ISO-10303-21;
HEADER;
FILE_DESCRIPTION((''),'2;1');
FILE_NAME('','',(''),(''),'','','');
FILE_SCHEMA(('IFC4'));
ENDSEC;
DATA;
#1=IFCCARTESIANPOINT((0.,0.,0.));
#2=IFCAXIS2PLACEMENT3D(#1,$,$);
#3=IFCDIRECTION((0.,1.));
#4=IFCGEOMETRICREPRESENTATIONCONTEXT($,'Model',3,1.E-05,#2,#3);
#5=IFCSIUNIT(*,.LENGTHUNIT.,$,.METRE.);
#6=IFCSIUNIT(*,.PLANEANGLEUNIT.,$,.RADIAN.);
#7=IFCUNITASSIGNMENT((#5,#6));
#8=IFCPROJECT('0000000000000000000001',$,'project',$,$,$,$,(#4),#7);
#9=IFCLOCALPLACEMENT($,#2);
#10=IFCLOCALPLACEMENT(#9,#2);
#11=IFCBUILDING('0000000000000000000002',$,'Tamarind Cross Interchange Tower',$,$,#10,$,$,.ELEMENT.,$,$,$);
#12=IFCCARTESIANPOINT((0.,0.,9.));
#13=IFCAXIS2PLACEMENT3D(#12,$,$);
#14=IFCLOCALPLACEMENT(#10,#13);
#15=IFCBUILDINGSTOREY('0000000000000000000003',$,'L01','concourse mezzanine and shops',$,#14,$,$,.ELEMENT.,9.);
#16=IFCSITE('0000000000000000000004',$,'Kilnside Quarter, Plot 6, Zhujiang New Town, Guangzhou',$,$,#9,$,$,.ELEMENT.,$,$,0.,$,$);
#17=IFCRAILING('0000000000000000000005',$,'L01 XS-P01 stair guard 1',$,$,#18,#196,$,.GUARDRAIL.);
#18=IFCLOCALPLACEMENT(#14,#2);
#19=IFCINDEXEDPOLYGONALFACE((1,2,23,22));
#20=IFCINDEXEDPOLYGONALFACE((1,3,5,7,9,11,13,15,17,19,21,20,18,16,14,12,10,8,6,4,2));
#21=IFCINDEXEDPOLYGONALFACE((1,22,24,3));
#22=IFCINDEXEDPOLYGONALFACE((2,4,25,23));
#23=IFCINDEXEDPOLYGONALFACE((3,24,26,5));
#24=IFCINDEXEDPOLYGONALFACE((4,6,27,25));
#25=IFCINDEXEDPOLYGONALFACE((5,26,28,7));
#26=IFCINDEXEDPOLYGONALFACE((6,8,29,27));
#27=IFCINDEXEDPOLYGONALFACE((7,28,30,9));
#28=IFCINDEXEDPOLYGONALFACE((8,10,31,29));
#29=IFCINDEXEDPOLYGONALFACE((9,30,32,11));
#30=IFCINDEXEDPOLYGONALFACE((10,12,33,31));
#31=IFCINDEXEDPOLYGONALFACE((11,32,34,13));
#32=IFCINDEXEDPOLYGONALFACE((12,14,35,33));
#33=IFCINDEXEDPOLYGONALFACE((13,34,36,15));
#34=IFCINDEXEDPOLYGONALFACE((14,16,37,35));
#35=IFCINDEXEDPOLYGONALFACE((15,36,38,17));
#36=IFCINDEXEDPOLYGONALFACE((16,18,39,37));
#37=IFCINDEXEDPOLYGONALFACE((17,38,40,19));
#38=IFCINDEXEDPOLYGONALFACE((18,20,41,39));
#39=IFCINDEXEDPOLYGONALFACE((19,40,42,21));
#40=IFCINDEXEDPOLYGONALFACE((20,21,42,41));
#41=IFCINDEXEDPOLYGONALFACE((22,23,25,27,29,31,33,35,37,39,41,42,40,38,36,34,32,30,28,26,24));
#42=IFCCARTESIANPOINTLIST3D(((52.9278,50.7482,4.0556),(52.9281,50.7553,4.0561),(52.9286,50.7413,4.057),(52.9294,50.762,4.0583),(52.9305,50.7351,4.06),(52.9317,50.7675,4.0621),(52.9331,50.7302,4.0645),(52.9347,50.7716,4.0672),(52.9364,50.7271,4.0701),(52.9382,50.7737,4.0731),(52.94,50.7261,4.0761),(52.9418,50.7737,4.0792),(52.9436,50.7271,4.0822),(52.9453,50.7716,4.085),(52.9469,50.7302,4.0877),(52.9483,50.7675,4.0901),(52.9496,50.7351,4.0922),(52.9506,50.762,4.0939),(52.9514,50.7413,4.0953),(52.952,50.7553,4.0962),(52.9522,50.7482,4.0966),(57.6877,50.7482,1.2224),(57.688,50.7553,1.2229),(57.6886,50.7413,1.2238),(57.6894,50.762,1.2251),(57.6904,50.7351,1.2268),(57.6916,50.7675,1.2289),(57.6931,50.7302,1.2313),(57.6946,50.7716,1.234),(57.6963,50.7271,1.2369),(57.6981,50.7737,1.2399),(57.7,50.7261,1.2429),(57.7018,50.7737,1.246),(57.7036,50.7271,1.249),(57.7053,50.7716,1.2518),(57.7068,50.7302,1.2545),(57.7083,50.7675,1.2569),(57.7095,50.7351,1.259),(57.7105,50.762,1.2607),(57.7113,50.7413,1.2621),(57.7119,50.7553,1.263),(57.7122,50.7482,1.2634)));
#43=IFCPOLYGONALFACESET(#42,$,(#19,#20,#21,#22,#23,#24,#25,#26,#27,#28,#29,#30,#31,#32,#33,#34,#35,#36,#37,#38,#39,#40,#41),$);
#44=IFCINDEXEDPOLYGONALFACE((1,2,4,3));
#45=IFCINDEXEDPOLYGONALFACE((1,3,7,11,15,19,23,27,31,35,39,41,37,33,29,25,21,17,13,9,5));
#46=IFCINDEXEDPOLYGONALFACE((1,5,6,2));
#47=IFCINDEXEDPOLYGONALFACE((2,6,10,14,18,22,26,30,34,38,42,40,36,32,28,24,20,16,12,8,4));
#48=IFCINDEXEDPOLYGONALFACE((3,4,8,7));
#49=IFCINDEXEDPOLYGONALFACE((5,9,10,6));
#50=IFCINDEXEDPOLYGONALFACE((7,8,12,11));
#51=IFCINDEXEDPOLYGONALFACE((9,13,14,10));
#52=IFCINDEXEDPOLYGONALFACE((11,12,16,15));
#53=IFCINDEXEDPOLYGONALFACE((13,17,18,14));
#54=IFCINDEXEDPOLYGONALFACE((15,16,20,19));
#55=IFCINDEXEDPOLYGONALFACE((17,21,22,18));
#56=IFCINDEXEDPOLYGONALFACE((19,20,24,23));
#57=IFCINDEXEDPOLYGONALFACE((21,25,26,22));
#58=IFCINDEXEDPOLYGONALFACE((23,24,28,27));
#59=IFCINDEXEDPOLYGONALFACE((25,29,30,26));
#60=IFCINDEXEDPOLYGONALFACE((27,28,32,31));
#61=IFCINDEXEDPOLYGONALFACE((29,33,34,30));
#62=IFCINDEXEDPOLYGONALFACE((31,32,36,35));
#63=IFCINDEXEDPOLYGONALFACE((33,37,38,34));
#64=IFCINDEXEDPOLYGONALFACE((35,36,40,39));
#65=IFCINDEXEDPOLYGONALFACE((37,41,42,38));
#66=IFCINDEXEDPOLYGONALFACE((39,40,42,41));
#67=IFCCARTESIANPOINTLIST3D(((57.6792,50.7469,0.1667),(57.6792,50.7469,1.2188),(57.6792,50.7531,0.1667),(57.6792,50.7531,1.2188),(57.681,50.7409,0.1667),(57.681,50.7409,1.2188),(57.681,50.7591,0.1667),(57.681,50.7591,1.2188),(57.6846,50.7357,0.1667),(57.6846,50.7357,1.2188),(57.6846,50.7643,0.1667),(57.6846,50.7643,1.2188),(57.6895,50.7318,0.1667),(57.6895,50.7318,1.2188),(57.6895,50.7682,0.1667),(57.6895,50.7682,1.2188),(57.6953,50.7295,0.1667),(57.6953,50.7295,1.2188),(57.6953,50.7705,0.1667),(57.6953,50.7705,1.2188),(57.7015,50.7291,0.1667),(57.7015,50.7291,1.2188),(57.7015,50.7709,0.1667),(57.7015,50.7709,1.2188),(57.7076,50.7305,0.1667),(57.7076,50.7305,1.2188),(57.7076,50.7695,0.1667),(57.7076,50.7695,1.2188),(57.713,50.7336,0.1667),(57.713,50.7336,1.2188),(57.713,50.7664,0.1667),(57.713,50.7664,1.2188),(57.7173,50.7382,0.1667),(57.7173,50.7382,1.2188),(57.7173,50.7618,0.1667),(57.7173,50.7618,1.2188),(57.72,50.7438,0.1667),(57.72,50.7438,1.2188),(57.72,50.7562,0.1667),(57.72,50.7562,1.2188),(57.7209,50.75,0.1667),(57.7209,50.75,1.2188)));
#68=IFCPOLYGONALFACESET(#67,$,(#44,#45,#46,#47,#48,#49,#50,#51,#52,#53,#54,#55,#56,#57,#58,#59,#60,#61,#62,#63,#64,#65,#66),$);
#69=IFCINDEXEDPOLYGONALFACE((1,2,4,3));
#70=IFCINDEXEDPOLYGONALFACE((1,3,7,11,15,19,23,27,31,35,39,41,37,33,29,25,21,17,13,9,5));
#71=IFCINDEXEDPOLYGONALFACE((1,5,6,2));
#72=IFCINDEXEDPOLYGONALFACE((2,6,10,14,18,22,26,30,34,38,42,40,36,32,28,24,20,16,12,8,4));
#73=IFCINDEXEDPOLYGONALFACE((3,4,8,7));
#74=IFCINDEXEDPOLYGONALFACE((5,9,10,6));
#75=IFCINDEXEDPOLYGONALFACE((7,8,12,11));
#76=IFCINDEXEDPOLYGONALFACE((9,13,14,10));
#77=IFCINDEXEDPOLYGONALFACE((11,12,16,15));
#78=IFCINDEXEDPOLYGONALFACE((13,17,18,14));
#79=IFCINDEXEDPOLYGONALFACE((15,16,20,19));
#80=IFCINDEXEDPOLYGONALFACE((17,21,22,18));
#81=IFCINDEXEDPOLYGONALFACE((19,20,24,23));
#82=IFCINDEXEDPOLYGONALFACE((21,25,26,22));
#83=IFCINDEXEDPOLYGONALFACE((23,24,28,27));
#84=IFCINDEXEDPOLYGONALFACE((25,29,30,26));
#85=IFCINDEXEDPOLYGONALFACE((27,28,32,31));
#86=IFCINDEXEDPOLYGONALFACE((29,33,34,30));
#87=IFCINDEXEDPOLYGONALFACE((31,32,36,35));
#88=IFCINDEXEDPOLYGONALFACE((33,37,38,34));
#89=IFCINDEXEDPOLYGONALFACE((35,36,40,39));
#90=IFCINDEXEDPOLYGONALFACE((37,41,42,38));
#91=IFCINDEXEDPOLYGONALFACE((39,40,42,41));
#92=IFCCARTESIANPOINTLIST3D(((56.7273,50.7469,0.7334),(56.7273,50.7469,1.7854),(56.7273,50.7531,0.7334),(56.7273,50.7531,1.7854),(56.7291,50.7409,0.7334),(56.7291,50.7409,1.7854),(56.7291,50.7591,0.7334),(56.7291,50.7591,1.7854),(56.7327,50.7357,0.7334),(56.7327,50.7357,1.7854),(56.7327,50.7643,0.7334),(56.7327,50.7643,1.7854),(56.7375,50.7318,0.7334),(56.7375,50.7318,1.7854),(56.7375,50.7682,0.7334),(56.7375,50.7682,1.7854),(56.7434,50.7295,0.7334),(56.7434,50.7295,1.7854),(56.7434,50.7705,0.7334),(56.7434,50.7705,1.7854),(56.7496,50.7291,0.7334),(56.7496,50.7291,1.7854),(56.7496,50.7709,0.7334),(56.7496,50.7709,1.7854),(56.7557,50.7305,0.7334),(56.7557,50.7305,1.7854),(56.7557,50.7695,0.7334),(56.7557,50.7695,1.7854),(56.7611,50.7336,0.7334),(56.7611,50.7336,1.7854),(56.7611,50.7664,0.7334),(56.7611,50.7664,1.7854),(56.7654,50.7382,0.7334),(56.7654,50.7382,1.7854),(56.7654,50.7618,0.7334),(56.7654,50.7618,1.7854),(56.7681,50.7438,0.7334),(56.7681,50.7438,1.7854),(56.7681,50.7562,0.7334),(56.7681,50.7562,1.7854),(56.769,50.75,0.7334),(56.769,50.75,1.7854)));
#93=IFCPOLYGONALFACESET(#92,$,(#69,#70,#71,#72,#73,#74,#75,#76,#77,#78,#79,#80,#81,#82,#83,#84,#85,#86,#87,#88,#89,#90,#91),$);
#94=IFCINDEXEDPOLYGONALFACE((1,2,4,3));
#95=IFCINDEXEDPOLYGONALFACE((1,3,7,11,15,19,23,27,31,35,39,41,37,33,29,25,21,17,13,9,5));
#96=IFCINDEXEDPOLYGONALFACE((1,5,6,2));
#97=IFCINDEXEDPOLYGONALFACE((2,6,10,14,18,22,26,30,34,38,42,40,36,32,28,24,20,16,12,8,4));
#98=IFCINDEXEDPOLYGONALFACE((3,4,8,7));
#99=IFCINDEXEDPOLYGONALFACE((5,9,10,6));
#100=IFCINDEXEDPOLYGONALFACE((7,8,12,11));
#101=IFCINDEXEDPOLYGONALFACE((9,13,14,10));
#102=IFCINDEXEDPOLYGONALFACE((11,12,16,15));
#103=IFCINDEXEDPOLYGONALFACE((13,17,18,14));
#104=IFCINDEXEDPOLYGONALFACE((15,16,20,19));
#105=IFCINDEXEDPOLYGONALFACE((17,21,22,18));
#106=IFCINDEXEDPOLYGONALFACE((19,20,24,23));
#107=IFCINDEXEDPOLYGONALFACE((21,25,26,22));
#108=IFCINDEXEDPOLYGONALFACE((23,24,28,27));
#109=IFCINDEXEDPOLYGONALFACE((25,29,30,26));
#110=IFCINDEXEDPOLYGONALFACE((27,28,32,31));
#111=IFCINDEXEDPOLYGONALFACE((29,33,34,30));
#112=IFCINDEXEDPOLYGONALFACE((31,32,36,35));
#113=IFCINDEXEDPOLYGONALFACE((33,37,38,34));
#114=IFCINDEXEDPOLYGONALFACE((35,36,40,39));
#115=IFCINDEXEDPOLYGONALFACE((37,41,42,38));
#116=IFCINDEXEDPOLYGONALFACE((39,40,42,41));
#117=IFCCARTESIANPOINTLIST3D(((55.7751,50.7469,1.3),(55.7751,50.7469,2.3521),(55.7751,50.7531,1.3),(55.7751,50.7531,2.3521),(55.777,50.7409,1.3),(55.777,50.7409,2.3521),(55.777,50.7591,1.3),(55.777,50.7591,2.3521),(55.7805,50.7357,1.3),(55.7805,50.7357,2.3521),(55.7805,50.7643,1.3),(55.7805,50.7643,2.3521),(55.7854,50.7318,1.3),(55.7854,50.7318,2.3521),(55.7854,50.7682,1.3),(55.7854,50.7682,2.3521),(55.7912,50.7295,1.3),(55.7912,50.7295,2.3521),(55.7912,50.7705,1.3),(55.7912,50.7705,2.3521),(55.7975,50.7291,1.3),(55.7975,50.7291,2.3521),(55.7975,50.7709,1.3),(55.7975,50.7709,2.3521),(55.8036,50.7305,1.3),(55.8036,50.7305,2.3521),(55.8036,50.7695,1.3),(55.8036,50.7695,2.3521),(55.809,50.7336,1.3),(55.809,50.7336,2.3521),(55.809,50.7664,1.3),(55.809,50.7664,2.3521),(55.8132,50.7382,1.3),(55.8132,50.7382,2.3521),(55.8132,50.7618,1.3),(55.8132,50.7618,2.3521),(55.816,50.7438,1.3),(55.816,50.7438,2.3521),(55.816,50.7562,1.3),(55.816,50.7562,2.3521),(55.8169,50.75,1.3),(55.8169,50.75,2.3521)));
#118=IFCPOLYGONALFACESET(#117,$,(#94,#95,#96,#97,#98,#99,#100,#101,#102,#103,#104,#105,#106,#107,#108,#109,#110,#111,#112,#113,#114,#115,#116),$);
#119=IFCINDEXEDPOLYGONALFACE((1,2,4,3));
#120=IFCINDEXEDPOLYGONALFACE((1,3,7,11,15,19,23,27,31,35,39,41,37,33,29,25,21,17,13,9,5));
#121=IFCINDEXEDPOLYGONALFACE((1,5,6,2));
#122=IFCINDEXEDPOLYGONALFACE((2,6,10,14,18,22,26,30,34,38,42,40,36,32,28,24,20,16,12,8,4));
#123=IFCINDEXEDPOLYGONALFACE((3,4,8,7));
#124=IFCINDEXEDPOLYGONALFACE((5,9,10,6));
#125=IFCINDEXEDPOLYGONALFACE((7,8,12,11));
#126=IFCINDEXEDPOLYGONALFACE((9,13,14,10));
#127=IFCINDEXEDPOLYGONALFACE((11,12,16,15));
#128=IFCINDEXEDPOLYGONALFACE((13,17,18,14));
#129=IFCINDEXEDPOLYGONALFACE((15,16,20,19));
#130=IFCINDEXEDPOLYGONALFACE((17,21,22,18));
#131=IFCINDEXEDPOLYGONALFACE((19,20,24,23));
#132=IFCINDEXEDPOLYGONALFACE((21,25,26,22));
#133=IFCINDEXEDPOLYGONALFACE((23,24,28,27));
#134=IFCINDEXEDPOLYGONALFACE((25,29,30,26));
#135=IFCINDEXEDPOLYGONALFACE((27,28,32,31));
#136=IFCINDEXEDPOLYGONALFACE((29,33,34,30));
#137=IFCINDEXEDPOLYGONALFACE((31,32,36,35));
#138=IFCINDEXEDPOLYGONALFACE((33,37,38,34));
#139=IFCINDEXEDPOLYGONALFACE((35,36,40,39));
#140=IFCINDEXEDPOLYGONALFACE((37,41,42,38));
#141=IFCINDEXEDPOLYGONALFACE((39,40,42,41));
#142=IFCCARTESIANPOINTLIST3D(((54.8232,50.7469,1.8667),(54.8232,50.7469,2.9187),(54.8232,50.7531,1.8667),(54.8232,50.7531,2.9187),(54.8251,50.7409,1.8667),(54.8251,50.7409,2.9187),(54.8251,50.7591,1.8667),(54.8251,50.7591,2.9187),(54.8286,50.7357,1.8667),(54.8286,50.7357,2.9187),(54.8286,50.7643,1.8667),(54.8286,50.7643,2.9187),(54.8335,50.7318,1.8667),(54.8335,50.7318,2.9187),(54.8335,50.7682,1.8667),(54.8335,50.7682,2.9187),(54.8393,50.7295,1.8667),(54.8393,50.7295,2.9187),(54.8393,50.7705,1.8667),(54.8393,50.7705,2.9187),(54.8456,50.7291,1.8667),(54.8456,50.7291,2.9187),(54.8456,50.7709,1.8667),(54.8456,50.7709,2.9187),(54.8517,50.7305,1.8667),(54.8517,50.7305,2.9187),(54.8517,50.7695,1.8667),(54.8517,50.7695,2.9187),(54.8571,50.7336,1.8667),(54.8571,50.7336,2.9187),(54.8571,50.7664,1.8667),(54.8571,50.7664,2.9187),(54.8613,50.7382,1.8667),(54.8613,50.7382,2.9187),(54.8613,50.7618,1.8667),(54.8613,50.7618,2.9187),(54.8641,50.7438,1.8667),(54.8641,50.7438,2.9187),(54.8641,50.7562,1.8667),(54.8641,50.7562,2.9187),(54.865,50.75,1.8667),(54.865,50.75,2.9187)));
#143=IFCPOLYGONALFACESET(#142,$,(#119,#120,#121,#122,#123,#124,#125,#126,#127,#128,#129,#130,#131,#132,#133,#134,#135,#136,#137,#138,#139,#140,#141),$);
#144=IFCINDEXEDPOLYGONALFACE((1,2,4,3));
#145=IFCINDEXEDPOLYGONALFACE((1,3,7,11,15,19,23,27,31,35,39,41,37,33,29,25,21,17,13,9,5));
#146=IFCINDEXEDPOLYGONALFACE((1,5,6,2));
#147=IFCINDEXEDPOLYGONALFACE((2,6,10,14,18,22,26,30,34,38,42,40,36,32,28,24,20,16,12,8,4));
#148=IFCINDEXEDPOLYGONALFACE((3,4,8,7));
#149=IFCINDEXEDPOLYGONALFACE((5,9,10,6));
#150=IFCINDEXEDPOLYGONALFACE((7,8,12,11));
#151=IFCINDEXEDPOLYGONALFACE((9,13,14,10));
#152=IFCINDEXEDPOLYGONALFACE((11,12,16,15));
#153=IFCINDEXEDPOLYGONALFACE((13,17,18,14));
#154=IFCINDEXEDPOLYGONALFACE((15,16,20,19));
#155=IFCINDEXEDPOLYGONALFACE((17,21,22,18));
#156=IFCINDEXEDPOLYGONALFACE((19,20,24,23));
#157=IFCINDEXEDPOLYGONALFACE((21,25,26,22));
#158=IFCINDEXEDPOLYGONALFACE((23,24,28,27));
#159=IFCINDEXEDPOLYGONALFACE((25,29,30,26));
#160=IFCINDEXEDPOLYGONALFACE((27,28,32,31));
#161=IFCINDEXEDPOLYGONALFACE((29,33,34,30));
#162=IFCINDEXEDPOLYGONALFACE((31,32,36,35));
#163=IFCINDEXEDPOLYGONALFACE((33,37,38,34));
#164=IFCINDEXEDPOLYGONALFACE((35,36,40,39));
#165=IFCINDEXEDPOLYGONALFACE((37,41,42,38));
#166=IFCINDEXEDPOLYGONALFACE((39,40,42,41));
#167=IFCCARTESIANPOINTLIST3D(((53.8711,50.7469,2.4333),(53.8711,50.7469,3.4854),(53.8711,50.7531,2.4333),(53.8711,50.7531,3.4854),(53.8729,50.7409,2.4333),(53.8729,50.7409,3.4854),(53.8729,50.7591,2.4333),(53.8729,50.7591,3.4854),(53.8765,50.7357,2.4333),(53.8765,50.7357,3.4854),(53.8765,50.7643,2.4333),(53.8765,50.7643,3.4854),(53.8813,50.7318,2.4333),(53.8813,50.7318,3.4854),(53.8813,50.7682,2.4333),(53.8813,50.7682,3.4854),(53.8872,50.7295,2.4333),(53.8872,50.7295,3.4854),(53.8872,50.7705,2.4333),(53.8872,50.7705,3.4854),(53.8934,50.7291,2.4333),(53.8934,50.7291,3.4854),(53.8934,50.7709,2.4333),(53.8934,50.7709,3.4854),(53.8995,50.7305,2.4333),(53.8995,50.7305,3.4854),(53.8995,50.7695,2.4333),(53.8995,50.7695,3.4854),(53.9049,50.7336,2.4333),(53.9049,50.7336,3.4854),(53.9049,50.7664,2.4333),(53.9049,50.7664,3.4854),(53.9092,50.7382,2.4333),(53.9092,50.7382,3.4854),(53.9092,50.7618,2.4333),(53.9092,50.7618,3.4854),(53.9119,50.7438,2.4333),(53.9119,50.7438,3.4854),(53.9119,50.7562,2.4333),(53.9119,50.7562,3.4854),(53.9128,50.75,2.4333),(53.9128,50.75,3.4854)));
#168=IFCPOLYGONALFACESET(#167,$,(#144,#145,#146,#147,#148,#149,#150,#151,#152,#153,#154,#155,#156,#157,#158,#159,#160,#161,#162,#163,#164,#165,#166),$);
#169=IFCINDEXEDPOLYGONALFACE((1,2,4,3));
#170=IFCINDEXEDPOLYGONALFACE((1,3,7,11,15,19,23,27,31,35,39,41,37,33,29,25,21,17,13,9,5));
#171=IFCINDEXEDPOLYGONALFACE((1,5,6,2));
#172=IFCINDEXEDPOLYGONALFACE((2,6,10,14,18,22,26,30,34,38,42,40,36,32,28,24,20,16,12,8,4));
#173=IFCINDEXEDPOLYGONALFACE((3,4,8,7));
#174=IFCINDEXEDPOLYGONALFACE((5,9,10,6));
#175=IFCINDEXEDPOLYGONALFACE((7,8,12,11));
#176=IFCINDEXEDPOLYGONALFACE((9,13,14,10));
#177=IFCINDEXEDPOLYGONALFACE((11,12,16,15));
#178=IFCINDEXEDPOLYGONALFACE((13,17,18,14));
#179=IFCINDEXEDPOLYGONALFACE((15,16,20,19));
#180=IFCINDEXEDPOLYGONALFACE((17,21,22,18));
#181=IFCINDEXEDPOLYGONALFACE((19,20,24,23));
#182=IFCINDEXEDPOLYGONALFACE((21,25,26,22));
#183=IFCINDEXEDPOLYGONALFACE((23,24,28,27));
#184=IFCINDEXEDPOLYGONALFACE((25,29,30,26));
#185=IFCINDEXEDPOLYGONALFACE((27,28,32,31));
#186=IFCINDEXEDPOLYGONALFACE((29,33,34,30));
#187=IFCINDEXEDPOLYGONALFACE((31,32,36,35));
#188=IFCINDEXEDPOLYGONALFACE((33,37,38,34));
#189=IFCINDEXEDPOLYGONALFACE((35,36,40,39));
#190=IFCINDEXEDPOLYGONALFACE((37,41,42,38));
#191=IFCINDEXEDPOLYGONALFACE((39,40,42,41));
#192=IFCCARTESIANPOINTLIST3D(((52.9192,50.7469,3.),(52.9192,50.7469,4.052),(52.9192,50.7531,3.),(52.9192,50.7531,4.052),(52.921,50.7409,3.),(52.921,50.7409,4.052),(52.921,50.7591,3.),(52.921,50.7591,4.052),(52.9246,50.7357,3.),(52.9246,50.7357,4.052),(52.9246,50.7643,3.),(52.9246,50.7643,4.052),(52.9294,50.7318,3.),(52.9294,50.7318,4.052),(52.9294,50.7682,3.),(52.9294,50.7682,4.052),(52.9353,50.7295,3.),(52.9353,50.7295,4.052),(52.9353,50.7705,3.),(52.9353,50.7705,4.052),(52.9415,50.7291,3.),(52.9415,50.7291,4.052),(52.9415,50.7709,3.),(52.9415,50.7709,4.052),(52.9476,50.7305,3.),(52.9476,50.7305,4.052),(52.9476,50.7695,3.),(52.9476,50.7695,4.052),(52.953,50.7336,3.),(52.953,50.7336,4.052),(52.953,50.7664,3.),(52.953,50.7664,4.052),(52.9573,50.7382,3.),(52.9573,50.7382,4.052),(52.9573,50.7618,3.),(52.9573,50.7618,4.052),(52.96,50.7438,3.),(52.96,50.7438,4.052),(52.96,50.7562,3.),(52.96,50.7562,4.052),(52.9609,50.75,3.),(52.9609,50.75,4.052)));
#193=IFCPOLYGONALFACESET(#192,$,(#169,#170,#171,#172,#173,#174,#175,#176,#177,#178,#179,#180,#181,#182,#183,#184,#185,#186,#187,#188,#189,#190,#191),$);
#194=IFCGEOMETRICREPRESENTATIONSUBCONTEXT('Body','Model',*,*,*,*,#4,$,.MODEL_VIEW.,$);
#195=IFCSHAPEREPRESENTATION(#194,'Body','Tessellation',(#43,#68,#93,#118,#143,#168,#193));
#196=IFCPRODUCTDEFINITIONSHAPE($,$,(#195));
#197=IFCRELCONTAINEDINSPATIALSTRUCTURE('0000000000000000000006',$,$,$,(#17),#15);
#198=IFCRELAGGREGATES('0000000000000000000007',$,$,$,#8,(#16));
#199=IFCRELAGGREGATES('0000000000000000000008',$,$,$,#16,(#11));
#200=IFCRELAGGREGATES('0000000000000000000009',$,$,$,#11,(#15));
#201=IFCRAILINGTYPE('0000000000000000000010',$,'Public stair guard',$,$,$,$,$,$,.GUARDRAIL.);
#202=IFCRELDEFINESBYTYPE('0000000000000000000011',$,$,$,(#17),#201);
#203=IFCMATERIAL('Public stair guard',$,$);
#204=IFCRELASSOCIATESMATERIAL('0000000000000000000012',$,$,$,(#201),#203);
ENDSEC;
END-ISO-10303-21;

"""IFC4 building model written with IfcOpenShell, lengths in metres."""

from ifc_helpers import new_model, si_unit, direction, frame, origin, origin_2d, place, context, subcontext, project, spatial, circle, extrude, material, type_object, element, save


model = new_model("IFC4")

# Units and contexts
model_context = context("Model", 3, precision=1e-05, world=origin(), true_north=direction((0.0, 1.0)))
body_context = subcontext(model_context, "Body", "Model", "MODEL_VIEW")
ifc_project = project(units=[si_unit("LENGTHUNIT", "METRE"), si_unit("PLANEANGLEUNIT", "RADIAN")], contexts=[model_context])

# Site, building, storey
site_placement = place(None, origin())
site = spatial("IfcSite", under=ifc_project, at=site_placement, Name="Kilnside Quarter, Plot 6, Zhujiang New Town, Guangzhou", CompositionType="ELEMENT", RefElevation=0.0)
building_placement = place(site_placement, origin())
building = spatial("IfcBuilding", under=site, at=building_placement, Name="Tamarind Cross Interchange Tower", CompositionType="ELEMENT")
storey_placement = place(building_placement, frame((0.0, 0.0, 9.0)))
storey = spatial("IfcBuildingStorey", under=building, at=storey_placement, Name="L01", Description="concourse mezzanine and shops", CompositionType="ELEMENT", Elevation=9.0)

# Railing
ifc_material_1 = material(Name="Public stair guard")
railing_type_1 = type_object("IfcRailingType", Name="Public stair guard", PredefinedType="GUARDRAIL", material=ifc_material_1)
railing_1_placement = place(storey_placement, frame((57.7, 50.75, 0.1667)))
element("IfcRailing", 1, at=railing_1_placement, inside=storey, type_object=railing_type_1, Name="L01 XS-P01 stair guard 1", PredefinedType="GUARDRAIL", context=body_context, shape_type="SweptSolid", body=[
    extrude(circle(Radius=0.0239, at=origin_2d()), frame((0.0, 0.0, 1.0762), z_axis=(-0.8593, 0.0, 0.511472), x_axis=(0.0, -1.0, 0.0)), (0.0, 0.0, 1.0), 5.5393),
    extrude(circle(Radius=0.021, at=origin_2d()), origin(), (0.0, 0.0, 1.0), 1.052),
    extrude(circle(Radius=0.021, at=origin_2d()), frame((-0.9519, 0.0, 0.5667)), (0.0, 0.0, 1.0), 1.052),
    extrude(circle(Radius=0.021, at=origin_2d()), frame((-1.9041, 0.0, 1.1333)), (0.0, 0.0, 1.0), 1.052),
    extrude(circle(Radius=0.021, at=origin_2d()), frame((-2.856, 0.0, 1.7)), (0.0, 0.0, 1.0), 1.052),
    extrude(circle(Radius=0.021, at=origin_2d()), frame((-3.8081, 0.0, 2.2666)), (0.0, 0.0, 1.0), 1.052),
    extrude(circle(Radius=0.021, at=origin_2d()), frame((-4.76, 0.0, 2.8333)), (0.0, 0.0, 1.0), 1.052),
])

save(model, "model.ifc")
